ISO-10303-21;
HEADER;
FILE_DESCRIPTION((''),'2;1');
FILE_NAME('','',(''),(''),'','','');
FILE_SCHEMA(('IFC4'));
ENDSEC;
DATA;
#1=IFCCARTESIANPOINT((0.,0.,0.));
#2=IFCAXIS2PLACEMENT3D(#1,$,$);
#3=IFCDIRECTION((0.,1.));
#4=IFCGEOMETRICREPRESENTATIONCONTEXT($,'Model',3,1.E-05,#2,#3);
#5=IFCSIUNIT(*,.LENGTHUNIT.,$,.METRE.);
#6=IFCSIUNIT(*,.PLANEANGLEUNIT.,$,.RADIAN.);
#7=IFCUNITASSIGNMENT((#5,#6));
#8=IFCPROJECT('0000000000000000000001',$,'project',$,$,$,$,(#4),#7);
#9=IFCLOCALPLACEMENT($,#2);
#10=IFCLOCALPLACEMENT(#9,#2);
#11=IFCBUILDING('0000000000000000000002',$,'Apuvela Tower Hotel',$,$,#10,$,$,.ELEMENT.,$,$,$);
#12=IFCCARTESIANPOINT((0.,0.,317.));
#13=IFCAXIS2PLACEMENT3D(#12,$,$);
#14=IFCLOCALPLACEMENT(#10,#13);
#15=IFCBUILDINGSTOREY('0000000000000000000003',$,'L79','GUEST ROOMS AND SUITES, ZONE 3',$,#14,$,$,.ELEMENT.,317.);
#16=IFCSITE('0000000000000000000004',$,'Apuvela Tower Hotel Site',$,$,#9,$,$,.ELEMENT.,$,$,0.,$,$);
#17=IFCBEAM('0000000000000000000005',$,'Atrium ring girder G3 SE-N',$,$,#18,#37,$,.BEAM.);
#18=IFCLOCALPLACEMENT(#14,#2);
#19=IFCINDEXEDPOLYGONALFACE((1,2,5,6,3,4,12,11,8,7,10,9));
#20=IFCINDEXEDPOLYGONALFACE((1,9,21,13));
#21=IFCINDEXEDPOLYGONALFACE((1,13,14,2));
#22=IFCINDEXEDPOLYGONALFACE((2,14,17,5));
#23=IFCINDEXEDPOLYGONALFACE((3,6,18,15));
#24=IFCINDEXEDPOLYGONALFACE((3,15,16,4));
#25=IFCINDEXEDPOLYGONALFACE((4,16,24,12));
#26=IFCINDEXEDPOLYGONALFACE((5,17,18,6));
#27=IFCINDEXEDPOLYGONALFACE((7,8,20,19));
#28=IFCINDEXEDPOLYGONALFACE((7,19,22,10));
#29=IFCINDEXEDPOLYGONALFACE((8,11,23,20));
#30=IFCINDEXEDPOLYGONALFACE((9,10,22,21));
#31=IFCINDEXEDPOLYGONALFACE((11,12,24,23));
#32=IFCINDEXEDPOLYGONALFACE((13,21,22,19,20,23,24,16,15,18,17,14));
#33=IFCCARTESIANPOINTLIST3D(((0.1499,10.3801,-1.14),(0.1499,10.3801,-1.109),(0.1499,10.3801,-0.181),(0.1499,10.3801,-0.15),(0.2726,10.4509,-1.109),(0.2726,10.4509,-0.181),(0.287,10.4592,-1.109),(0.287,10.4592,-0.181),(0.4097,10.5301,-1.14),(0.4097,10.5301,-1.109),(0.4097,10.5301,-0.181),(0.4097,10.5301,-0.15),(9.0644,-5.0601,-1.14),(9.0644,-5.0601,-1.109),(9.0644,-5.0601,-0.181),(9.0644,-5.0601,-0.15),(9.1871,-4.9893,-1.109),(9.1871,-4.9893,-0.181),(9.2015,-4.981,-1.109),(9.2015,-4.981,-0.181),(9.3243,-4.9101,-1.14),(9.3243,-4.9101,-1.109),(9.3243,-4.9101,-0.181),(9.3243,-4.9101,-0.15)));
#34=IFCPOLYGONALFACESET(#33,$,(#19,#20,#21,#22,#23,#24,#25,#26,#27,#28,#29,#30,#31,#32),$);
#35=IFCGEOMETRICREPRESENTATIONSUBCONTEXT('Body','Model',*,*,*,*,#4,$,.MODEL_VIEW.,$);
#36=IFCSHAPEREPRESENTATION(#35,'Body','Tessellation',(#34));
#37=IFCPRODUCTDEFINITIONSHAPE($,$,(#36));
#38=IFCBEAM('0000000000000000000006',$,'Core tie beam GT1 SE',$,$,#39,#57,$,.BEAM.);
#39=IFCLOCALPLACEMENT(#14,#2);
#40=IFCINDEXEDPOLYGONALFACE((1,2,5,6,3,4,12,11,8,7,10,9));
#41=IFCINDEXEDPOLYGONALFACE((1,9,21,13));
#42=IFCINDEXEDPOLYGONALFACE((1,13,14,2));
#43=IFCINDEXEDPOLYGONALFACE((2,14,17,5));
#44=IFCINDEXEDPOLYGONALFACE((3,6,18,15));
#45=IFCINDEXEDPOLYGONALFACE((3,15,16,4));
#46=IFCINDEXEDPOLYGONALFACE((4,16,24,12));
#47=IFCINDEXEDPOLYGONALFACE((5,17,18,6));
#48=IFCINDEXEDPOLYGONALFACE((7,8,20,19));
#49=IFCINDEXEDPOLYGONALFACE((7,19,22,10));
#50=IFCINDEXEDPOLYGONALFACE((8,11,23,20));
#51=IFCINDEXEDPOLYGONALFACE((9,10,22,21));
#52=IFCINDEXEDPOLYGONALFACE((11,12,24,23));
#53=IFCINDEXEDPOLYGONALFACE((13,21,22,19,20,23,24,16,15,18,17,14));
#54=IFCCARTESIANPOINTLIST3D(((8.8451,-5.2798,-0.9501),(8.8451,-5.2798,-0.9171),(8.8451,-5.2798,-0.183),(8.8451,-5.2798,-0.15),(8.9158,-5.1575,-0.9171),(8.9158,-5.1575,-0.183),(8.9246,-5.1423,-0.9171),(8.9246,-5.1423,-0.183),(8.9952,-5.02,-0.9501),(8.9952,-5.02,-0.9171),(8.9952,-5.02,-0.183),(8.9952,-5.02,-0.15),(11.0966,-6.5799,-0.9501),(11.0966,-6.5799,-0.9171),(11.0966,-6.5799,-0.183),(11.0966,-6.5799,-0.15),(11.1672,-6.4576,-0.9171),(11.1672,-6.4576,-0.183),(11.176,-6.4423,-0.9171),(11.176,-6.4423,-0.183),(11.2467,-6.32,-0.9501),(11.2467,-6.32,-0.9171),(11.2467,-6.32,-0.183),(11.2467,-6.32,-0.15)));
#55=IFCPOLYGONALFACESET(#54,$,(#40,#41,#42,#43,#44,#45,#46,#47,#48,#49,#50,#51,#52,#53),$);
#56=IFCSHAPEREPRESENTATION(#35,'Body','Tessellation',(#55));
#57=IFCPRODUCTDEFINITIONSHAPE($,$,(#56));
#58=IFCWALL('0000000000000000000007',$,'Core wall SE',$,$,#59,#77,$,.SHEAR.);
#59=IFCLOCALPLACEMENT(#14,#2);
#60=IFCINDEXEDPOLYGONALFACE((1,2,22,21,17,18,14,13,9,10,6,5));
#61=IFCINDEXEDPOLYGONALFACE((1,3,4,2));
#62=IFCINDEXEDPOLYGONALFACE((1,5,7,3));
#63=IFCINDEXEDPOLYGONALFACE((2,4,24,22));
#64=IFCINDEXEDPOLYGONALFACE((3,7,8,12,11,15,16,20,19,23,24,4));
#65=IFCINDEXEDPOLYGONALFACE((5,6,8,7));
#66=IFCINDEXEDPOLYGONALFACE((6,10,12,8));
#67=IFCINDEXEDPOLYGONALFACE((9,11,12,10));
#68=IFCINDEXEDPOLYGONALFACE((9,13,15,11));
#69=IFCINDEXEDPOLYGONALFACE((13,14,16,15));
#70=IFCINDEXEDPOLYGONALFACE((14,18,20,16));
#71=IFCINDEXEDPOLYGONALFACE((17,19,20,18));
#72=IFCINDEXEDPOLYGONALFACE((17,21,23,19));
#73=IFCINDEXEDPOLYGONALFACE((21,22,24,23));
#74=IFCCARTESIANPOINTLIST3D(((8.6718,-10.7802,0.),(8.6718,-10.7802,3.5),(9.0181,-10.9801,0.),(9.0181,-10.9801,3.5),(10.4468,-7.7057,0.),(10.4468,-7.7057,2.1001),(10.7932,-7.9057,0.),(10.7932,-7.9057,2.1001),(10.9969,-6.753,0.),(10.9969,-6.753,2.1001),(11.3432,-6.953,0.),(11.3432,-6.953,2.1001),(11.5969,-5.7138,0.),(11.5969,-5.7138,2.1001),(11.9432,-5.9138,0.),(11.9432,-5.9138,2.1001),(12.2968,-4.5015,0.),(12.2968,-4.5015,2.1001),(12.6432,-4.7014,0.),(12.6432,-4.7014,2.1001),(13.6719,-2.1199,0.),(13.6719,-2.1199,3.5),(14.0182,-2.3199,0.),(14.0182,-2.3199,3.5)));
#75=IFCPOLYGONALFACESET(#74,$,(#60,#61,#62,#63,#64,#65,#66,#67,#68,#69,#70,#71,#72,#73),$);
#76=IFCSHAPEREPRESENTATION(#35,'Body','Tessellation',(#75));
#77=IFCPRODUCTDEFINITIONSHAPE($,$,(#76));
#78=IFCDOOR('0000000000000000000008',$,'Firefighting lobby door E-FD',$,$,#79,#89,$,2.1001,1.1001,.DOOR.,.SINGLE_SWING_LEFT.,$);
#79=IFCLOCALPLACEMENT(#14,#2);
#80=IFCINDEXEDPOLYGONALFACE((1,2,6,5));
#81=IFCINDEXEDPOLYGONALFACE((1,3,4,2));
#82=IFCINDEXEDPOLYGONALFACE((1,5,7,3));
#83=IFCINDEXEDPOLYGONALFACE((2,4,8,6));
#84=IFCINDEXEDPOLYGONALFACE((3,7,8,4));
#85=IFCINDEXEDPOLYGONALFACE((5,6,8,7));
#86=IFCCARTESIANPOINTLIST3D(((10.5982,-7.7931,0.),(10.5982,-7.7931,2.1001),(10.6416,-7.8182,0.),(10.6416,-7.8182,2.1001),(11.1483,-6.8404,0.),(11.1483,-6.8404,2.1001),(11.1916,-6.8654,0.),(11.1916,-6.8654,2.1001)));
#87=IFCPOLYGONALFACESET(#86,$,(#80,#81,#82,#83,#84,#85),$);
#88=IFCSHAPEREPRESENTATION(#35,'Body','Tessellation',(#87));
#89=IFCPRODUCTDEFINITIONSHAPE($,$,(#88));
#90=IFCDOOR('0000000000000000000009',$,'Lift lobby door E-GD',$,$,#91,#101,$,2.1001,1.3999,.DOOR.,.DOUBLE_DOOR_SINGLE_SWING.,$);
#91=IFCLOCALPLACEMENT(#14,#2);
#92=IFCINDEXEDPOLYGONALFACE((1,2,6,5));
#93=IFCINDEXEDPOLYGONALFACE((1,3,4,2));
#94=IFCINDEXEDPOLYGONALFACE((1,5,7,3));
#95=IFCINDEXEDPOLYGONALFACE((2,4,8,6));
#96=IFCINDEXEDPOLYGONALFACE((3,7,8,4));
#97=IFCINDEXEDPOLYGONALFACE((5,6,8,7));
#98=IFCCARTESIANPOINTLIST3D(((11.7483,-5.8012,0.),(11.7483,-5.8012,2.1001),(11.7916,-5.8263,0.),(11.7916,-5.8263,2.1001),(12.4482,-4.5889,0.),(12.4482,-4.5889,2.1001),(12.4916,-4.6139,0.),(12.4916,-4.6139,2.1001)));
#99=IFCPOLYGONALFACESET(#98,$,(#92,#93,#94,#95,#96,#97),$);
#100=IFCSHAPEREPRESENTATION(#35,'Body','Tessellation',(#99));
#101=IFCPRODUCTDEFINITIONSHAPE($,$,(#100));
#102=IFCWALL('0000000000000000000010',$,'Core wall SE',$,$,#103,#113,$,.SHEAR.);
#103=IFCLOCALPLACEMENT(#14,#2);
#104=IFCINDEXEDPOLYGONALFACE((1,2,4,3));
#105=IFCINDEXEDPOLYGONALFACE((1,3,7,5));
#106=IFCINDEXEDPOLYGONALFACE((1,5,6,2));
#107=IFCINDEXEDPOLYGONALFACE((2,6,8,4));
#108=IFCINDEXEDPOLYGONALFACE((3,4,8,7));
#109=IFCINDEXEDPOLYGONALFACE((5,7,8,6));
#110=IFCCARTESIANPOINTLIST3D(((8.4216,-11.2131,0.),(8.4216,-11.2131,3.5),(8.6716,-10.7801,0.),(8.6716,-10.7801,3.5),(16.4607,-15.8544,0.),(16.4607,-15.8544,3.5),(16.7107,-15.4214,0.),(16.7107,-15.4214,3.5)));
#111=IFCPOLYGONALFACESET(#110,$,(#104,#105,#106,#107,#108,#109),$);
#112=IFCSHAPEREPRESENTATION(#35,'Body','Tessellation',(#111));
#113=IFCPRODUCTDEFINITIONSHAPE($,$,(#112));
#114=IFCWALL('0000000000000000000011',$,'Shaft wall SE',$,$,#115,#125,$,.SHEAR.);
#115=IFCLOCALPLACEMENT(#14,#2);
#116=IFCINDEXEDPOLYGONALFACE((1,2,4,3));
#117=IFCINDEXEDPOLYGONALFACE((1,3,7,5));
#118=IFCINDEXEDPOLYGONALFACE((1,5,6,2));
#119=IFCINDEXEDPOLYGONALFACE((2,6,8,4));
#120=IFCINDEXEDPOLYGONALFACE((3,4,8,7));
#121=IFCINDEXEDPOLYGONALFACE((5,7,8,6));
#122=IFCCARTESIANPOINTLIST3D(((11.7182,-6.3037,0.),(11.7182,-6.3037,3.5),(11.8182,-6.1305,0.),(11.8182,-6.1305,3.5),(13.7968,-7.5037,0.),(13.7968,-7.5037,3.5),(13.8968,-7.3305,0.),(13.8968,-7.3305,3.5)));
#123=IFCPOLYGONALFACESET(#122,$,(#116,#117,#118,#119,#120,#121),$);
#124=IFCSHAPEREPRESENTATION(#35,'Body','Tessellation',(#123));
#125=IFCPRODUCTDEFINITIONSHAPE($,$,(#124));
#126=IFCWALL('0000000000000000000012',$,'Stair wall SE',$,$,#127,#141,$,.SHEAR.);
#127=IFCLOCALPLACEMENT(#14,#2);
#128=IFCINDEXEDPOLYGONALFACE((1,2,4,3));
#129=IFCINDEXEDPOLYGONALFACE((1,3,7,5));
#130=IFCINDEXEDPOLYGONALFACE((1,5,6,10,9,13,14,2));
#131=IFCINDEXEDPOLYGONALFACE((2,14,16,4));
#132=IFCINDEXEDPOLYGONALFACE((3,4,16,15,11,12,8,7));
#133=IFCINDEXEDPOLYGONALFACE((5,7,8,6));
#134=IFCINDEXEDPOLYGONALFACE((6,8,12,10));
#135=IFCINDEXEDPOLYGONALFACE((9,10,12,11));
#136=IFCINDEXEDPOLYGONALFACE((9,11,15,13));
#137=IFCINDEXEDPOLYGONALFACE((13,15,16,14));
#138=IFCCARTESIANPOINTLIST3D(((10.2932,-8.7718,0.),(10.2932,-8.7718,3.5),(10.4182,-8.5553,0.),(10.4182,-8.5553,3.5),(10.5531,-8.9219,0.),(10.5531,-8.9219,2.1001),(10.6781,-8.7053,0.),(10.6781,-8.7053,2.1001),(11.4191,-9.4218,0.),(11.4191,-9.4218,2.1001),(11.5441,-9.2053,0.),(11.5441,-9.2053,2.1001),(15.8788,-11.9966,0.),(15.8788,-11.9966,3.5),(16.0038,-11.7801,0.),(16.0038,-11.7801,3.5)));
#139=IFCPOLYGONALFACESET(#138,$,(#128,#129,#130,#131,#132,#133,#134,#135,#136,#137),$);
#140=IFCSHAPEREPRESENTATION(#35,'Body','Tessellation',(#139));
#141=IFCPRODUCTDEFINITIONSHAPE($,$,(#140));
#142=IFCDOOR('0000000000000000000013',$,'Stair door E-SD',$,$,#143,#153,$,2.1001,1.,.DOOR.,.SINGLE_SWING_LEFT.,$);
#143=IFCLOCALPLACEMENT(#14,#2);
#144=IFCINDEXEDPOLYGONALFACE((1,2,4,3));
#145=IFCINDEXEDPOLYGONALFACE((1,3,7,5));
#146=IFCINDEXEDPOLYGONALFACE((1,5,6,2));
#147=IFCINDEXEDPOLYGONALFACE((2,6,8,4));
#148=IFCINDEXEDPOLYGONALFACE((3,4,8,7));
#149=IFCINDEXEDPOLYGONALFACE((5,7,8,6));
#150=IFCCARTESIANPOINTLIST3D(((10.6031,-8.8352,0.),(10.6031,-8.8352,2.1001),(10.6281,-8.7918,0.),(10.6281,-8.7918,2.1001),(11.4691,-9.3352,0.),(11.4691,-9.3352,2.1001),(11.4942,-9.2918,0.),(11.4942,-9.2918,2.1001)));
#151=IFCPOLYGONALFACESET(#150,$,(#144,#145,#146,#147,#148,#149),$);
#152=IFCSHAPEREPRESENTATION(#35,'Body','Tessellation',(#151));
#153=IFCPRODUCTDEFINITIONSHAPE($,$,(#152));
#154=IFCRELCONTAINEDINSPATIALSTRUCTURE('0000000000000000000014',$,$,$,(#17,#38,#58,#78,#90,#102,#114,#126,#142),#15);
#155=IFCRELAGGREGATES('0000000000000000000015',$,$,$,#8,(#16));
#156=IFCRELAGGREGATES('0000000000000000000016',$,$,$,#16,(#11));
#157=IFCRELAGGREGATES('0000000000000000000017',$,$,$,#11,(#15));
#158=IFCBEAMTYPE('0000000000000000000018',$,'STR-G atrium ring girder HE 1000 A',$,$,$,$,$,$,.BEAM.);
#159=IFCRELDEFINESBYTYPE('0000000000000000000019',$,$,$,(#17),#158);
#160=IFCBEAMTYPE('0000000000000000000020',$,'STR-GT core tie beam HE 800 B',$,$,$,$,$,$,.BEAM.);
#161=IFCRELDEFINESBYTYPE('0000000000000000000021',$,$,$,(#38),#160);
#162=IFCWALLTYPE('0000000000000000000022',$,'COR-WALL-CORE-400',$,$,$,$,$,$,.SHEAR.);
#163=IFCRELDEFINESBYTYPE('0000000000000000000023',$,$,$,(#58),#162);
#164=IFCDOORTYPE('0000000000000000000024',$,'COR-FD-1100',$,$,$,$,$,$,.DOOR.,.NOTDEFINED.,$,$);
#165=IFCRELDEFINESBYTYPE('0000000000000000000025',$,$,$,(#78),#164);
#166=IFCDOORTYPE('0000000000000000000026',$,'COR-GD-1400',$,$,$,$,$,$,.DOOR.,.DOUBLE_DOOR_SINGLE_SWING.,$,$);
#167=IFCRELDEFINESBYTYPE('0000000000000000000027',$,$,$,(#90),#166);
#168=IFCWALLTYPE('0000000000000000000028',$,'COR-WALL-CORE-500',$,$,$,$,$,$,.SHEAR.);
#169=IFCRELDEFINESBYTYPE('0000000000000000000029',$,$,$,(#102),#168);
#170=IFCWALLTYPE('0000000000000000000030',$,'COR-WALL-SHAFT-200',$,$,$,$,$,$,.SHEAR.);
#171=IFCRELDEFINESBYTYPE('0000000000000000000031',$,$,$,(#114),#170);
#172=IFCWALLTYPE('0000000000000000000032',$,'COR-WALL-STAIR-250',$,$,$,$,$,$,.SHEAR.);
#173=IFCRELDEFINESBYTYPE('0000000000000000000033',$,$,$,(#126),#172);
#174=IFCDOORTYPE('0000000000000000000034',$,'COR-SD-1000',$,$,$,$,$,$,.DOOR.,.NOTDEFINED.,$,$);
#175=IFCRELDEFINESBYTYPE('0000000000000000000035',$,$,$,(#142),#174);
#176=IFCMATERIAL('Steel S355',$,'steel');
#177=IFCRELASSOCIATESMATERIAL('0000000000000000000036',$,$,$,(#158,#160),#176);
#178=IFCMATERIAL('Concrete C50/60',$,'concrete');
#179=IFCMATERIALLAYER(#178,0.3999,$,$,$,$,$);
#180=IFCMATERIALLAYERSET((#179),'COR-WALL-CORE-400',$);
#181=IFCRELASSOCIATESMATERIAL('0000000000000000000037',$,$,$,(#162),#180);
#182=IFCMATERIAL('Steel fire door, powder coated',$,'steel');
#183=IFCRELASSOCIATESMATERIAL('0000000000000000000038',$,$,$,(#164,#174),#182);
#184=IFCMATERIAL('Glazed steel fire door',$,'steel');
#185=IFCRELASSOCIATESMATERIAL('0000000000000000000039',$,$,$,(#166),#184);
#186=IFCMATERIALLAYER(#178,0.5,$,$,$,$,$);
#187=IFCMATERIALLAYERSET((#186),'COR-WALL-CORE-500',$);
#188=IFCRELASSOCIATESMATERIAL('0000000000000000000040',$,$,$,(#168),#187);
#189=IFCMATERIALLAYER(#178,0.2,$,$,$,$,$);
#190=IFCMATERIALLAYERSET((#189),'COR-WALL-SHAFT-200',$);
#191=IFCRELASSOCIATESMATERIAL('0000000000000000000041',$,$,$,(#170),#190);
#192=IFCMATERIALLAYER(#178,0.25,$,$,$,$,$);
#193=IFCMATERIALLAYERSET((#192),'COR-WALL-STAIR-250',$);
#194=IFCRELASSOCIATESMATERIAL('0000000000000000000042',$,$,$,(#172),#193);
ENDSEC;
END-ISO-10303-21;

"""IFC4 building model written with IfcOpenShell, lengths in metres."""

from ifc_helpers import new_model, si_unit, direction, frame, frame_2d, origin, origin_2d, place, context, subcontext, project, spatial, rectangle, i_section, extrude, material, layer, layer_set, material_profile, profile_set, type_object, element, fill, save


model = new_model("IFC4")

# Units and contexts
model_context = context("Model", 3, precision=1e-05, world=origin(), true_north=direction((0.0, 1.0)))
body_context = subcontext(model_context, "Body", "Model", "MODEL_VIEW")
ifc_project = project(units=[si_unit("LENGTHUNIT", "METRE"), si_unit("PLANEANGLEUNIT", "RADIAN")], contexts=[model_context])

# Site, building, storey
site_placement = place(None, origin())
site = spatial("IfcSite", under=ifc_project, at=site_placement, Name="Apuvela Tower Hotel Site", CompositionType="ELEMENT", RefElevation=0.0)
building_placement = place(site_placement, origin())
building = spatial("IfcBuilding", under=site, at=building_placement, Name="Apuvela Tower Hotel", CompositionType="ELEMENT")
storey_placement = place(building_placement, frame((0.0, 0.0, 317.0)))
storey = spatial("IfcBuildingStorey", under=building, at=storey_placement, Name="L79", Description="GUEST ROOMS AND SUITES, ZONE 3", CompositionType="ELEMENT", Elevation=317.0)

# Beams
ifc_material_1 = material(Name="Steel S355", Category="steel")
ifc_material_profile_1 = material_profile(ifc_material_1, i_section(OverallWidth=0.3, OverallDepth=0.99, WebThickness=0.0166, FlangeThickness=0.031, at=origin_2d()), Name="HE 1000 A")
ifc_profile_set_1 = profile_set([ifc_material_profile_1], Name="Steel S355")
beam_type_1 = type_object("IfcBeamType", Name="STR-G atrium ring girder HE 1000 A", PredefinedType="BEAM", material=ifc_profile_set_1)
beam_1_placement = place(storey_placement, frame((9.1943, -4.9851, -0.645), z_axis=(-0.500007, 0.866022, 0.0), x_axis=(-0.866022, -0.500007, 0.0)))
element("IfcBeam", 1, at=beam_1_placement, inside=storey, type_object=beam_type_1, Name="Atrium ring girder G3 SE-N", PredefinedType="BEAM", context=body_context, shape_type="SweptSolid", body=[
    extrude(i_section(OverallWidth=0.3, OverallDepth=0.99, WebThickness=0.0166, FlangeThickness=0.031, at=origin_2d()), origin(), (0.0, 0.0, 1.0), 17.8289),
])
ifc_material_profile_2 = material_profile(ifc_material_1, i_section(OverallWidth=0.3, OverallDepth=0.8, WebThickness=0.0176, FlangeThickness=0.033, at=origin_2d()), Name="HE 800 B")
ifc_profile_set_2 = profile_set([ifc_material_profile_2], Name="Steel S355")
beam_type_2 = type_object("IfcBeamType", Name="STR-GT core tie beam HE 800 B", PredefinedType="BEAM", material=ifc_profile_set_2)
beam_2_placement = place(storey_placement, frame((11.1716, -6.45, -0.55), z_axis=(-0.865998, 0.500048, 0.0), x_axis=(-0.500048, -0.865998, 0.0)))
element("IfcBeam", 2, at=beam_2_placement, inside=storey, type_object=beam_type_2, Name="Core tie beam GT1 SE", PredefinedType="BEAM", context=body_context, shape_type="SweptSolid", body=[
    extrude(i_section(OverallWidth=0.3, OverallDepth=0.8, WebThickness=0.0176, FlangeThickness=0.033, at=origin_2d()), origin(), (0.0, 0.0, 1.0), 2.5999),
])

# Wall, openings, doors
ifc_material_2 = material(Name="Concrete C50/60", Category="concrete")
ifc_layer_1 = layer(ifc_material_2, 0.3999)
ifc_layer_set_1 = layer_set([ifc_layer_1], Name="COR-WALL-CORE-400")
wall_type_1 = type_object("IfcWallType", Name="COR-WALL-CORE-400", PredefinedType="SHEAR", material=ifc_layer_set_1)
wall_1_placement = place(storey_placement, frame((8.845, -10.8801, 0.0), z_axis=(0.0, 0.0, 1.0), x_axis=(0.500004, 0.866023, 0.0)))
wall_1 = element("IfcWall", 3, at=wall_1_placement, inside=storey, type_object=wall_type_1, Name="Core wall SE", PredefinedType="SHEAR", context=body_context, shape_type="SweptSolid", body=[
    extrude(rectangle(XDim=10.0, YDim=0.3999, at=frame_2d((5.0, 0.0))), origin(), (0.0, 0.0, 1.0), 3.5),
])
opening_1_placement = place(wall_1_placement, frame((3.55, 0.0, 0.0)))
opening_1 = element("IfcOpeningElement", 4, at=opening_1_placement, cuts=wall_1, PredefinedType="OPENING", context=body_context, shape_type="SweptSolid", body=[
    extrude(rectangle(XDim=1.1001, YDim=2.1001, at=frame_2d((0.55, 1.05))), frame((0.0, 0.21, 0.0), z_axis=(0.0, -1.0, 0.0), x_axis=(1.0, 0.0, 0.0)), (0.0, 0.0, 1.0), 0.4199),
])
opening_2_placement = place(wall_1_placement, frame((5.8501, 0.0, 0.0)))
opening_2 = element("IfcOpeningElement", 5, at=opening_2_placement, cuts=wall_1, PredefinedType="OPENING", context=body_context, shape_type="SweptSolid", body=[
    extrude(rectangle(XDim=1.3999, YDim=2.1001, at=frame_2d((0.7, 1.05))), frame((0.0, 0.21, 0.0), z_axis=(0.0, -1.0, 0.0), x_axis=(1.0, 0.0, 0.0)), (0.0, 0.0, 1.0), 0.4199),
])
ifc_material_3 = material(Name="Steel fire door, powder coated", Category="steel")
door_type_1 = type_object("IfcDoorType", Name="COR-FD-1100", OperationType="NOTDEFINED", PredefinedType="DOOR", material=ifc_material_3)
door_1_placement = place(opening_1_placement, frame((1.1001, 0.0, 0.0), z_axis=(0.0, 0.0, 1.0), x_axis=(-1.0, 0.0, 0.0)))
door_1 = element("IfcDoor", 6, at=door_1_placement, inside=storey, type_object=door_type_1, Name="Firefighting lobby door E-FD", OperationType="SINGLE_SWING_LEFT", OverallHeight=2.1001, OverallWidth=1.1001, PredefinedType="DOOR", context=body_context, shape_type="SweptSolid", body=[
    extrude(rectangle(XDim=1.1001, YDim=2.1001, at=frame_2d((0.55, 1.05))), frame((0.0, 0.0249, 0.0), z_axis=(0.0, -1.0, 0.0), x_axis=(1.0, 0.0, 0.0)), (0.0, 0.0, 1.0), 0.05),
])
fill(opening_1, door_1)
ifc_material_4 = material(Name="Glazed steel fire door", Category="steel")
door_type_2 = type_object("IfcDoorType", Name="COR-GD-1400", OperationType="DOUBLE_DOOR_SINGLE_SWING", PredefinedType="DOOR", material=ifc_material_4)
door_2_placement = place(opening_2_placement, frame((1.3999, 0.0, 0.0), z_axis=(0.0, 0.0, 1.0), x_axis=(-1.0, 0.0, 0.0)))
door_2 = element("IfcDoor", 7, at=door_2_placement, inside=storey, type_object=door_type_2, Name="Lift lobby door E-GD", OperationType="DOUBLE_DOOR_SINGLE_SWING", OverallHeight=2.1001, OverallWidth=1.3999, PredefinedType="DOOR", context=body_context, shape_type="SweptSolid", body=[
    extrude(rectangle(XDim=1.3999, YDim=2.1001, at=frame_2d((0.7, 1.05))), frame((0.0, 0.0249, 0.0), z_axis=(0.0, -1.0, 0.0), x_axis=(1.0, 0.0, 0.0)), (0.0, 0.0, 1.0), 0.05),
])
fill(opening_2, door_2)

# Walls
ifc_layer_2 = layer(ifc_material_2, 0.5)
ifc_layer_set_2 = layer_set([ifc_layer_2], Name="COR-WALL-CORE-500")
wall_type_2 = type_object("IfcWallType", Name="COR-WALL-CORE-500", PredefinedType="SHEAR", material=ifc_layer_set_2)
wall_2_placement = place(storey_placement, frame((8.5466, -10.9966, 0.0), z_axis=(0.0, 0.0, 1.0), x_axis=(0.866025, -0.5, 0.0)))
element("IfcWall", 8, at=wall_2_placement, inside=storey, type_object=wall_type_2, Name="Core wall SE", PredefinedType="SHEAR", context=body_context, shape_type="SweptSolid", body=[
    extrude(rectangle(XDim=9.2827, YDim=0.5, at=frame_2d((4.6414, 0.0))), origin(), (0.0, 0.0, 1.0), 3.5),
])
ifc_layer_3 = layer(ifc_material_2, 0.2)
ifc_layer_set_3 = layer_set([ifc_layer_3], Name="COR-WALL-SHAFT-200")
wall_type_3 = type_object("IfcWallType", Name="COR-WALL-SHAFT-200", PredefinedType="SHEAR", material=ifc_layer_set_3)
wall_3_placement = place(storey_placement, frame((11.7681, -6.217, 0.0), z_axis=(0.0, 0.0, 1.0), x_axis=(0.86605, -0.499957, 0.0)))
element("IfcWall", 9, at=wall_3_placement, inside=storey, type_object=wall_type_3, Name="Shaft wall SE", PredefinedType="SHEAR", context=body_context, shape_type="SweptSolid", body=[
    extrude(rectangle(XDim=2.4001, YDim=0.2, at=frame_2d((1.2002, 0.0))), origin(), (0.0, 0.0, 1.0), 3.5),
])

# Wall, opening, door
ifc_layer_4 = layer(ifc_material_2, 0.25)
ifc_layer_set_4 = layer_set([ifc_layer_4], Name="COR-WALL-STAIR-250")
wall_type_4 = type_object("IfcWallType", Name="COR-WALL-STAIR-250", PredefinedType="SHEAR", material=ifc_layer_set_4)
wall_4_placement = place(storey_placement, frame((10.3557, -8.6636, 0.0), z_axis=(0.0, 0.0, 1.0), x_axis=(0.866029, -0.499994, 0.0)))
wall_4 = element("IfcWall", 10, at=wall_4_placement, inside=storey, type_object=wall_type_4, Name="Stair wall SE", PredefinedType="SHEAR", context=body_context, shape_type="SweptSolid", body=[
    extrude(rectangle(XDim=6.4497, YDim=0.25, at=frame_2d((3.2249, 0.0))), origin(), (0.0, 0.0, 1.0), 3.5),
])
opening_3_placement = place(wall_4_placement, frame((0.3, 0.0, 0.0)))
opening_3 = element("IfcOpeningElement", 11, at=opening_3_placement, cuts=wall_4, PredefinedType="OPENING", context=body_context, shape_type="SweptSolid", body=[
    extrude(rectangle(XDim=1.0, YDim=2.1001, at=frame_2d((0.5, 1.05))), frame((0.0, 0.135, 0.0), z_axis=(0.0, -1.0, 0.0), x_axis=(1.0, 0.0, 0.0)), (0.0, 0.0, 1.0), 0.27),
])
door_type_3 = type_object("IfcDoorType", Name="COR-SD-1000", OperationType="NOTDEFINED", PredefinedType="DOOR", material=ifc_material_3)
door_3_placement = place(opening_3_placement, frame((1.0, 0.0, 0.0), z_axis=(0.0, 0.0, 1.0), x_axis=(-1.0, 0.0, 0.0)))
door_3 = element("IfcDoor", 12, at=door_3_placement, inside=storey, type_object=door_type_3, Name="Stair door E-SD", OperationType="SINGLE_SWING_LEFT", OverallHeight=2.1001, OverallWidth=1.0, PredefinedType="DOOR", context=body_context, shape_type="SweptSolid", body=[
    extrude(rectangle(XDim=1.0, YDim=2.1001, at=frame_2d((0.5, 1.05))), frame((0.0, 0.0249, 0.0), z_axis=(0.0, -1.0, 0.0), x_axis=(1.0, 0.0, 0.0)), (0.0, 0.0, 1.0), 0.05),
])
fill(opening_3, door_3)

save(model, "model.ifc")
